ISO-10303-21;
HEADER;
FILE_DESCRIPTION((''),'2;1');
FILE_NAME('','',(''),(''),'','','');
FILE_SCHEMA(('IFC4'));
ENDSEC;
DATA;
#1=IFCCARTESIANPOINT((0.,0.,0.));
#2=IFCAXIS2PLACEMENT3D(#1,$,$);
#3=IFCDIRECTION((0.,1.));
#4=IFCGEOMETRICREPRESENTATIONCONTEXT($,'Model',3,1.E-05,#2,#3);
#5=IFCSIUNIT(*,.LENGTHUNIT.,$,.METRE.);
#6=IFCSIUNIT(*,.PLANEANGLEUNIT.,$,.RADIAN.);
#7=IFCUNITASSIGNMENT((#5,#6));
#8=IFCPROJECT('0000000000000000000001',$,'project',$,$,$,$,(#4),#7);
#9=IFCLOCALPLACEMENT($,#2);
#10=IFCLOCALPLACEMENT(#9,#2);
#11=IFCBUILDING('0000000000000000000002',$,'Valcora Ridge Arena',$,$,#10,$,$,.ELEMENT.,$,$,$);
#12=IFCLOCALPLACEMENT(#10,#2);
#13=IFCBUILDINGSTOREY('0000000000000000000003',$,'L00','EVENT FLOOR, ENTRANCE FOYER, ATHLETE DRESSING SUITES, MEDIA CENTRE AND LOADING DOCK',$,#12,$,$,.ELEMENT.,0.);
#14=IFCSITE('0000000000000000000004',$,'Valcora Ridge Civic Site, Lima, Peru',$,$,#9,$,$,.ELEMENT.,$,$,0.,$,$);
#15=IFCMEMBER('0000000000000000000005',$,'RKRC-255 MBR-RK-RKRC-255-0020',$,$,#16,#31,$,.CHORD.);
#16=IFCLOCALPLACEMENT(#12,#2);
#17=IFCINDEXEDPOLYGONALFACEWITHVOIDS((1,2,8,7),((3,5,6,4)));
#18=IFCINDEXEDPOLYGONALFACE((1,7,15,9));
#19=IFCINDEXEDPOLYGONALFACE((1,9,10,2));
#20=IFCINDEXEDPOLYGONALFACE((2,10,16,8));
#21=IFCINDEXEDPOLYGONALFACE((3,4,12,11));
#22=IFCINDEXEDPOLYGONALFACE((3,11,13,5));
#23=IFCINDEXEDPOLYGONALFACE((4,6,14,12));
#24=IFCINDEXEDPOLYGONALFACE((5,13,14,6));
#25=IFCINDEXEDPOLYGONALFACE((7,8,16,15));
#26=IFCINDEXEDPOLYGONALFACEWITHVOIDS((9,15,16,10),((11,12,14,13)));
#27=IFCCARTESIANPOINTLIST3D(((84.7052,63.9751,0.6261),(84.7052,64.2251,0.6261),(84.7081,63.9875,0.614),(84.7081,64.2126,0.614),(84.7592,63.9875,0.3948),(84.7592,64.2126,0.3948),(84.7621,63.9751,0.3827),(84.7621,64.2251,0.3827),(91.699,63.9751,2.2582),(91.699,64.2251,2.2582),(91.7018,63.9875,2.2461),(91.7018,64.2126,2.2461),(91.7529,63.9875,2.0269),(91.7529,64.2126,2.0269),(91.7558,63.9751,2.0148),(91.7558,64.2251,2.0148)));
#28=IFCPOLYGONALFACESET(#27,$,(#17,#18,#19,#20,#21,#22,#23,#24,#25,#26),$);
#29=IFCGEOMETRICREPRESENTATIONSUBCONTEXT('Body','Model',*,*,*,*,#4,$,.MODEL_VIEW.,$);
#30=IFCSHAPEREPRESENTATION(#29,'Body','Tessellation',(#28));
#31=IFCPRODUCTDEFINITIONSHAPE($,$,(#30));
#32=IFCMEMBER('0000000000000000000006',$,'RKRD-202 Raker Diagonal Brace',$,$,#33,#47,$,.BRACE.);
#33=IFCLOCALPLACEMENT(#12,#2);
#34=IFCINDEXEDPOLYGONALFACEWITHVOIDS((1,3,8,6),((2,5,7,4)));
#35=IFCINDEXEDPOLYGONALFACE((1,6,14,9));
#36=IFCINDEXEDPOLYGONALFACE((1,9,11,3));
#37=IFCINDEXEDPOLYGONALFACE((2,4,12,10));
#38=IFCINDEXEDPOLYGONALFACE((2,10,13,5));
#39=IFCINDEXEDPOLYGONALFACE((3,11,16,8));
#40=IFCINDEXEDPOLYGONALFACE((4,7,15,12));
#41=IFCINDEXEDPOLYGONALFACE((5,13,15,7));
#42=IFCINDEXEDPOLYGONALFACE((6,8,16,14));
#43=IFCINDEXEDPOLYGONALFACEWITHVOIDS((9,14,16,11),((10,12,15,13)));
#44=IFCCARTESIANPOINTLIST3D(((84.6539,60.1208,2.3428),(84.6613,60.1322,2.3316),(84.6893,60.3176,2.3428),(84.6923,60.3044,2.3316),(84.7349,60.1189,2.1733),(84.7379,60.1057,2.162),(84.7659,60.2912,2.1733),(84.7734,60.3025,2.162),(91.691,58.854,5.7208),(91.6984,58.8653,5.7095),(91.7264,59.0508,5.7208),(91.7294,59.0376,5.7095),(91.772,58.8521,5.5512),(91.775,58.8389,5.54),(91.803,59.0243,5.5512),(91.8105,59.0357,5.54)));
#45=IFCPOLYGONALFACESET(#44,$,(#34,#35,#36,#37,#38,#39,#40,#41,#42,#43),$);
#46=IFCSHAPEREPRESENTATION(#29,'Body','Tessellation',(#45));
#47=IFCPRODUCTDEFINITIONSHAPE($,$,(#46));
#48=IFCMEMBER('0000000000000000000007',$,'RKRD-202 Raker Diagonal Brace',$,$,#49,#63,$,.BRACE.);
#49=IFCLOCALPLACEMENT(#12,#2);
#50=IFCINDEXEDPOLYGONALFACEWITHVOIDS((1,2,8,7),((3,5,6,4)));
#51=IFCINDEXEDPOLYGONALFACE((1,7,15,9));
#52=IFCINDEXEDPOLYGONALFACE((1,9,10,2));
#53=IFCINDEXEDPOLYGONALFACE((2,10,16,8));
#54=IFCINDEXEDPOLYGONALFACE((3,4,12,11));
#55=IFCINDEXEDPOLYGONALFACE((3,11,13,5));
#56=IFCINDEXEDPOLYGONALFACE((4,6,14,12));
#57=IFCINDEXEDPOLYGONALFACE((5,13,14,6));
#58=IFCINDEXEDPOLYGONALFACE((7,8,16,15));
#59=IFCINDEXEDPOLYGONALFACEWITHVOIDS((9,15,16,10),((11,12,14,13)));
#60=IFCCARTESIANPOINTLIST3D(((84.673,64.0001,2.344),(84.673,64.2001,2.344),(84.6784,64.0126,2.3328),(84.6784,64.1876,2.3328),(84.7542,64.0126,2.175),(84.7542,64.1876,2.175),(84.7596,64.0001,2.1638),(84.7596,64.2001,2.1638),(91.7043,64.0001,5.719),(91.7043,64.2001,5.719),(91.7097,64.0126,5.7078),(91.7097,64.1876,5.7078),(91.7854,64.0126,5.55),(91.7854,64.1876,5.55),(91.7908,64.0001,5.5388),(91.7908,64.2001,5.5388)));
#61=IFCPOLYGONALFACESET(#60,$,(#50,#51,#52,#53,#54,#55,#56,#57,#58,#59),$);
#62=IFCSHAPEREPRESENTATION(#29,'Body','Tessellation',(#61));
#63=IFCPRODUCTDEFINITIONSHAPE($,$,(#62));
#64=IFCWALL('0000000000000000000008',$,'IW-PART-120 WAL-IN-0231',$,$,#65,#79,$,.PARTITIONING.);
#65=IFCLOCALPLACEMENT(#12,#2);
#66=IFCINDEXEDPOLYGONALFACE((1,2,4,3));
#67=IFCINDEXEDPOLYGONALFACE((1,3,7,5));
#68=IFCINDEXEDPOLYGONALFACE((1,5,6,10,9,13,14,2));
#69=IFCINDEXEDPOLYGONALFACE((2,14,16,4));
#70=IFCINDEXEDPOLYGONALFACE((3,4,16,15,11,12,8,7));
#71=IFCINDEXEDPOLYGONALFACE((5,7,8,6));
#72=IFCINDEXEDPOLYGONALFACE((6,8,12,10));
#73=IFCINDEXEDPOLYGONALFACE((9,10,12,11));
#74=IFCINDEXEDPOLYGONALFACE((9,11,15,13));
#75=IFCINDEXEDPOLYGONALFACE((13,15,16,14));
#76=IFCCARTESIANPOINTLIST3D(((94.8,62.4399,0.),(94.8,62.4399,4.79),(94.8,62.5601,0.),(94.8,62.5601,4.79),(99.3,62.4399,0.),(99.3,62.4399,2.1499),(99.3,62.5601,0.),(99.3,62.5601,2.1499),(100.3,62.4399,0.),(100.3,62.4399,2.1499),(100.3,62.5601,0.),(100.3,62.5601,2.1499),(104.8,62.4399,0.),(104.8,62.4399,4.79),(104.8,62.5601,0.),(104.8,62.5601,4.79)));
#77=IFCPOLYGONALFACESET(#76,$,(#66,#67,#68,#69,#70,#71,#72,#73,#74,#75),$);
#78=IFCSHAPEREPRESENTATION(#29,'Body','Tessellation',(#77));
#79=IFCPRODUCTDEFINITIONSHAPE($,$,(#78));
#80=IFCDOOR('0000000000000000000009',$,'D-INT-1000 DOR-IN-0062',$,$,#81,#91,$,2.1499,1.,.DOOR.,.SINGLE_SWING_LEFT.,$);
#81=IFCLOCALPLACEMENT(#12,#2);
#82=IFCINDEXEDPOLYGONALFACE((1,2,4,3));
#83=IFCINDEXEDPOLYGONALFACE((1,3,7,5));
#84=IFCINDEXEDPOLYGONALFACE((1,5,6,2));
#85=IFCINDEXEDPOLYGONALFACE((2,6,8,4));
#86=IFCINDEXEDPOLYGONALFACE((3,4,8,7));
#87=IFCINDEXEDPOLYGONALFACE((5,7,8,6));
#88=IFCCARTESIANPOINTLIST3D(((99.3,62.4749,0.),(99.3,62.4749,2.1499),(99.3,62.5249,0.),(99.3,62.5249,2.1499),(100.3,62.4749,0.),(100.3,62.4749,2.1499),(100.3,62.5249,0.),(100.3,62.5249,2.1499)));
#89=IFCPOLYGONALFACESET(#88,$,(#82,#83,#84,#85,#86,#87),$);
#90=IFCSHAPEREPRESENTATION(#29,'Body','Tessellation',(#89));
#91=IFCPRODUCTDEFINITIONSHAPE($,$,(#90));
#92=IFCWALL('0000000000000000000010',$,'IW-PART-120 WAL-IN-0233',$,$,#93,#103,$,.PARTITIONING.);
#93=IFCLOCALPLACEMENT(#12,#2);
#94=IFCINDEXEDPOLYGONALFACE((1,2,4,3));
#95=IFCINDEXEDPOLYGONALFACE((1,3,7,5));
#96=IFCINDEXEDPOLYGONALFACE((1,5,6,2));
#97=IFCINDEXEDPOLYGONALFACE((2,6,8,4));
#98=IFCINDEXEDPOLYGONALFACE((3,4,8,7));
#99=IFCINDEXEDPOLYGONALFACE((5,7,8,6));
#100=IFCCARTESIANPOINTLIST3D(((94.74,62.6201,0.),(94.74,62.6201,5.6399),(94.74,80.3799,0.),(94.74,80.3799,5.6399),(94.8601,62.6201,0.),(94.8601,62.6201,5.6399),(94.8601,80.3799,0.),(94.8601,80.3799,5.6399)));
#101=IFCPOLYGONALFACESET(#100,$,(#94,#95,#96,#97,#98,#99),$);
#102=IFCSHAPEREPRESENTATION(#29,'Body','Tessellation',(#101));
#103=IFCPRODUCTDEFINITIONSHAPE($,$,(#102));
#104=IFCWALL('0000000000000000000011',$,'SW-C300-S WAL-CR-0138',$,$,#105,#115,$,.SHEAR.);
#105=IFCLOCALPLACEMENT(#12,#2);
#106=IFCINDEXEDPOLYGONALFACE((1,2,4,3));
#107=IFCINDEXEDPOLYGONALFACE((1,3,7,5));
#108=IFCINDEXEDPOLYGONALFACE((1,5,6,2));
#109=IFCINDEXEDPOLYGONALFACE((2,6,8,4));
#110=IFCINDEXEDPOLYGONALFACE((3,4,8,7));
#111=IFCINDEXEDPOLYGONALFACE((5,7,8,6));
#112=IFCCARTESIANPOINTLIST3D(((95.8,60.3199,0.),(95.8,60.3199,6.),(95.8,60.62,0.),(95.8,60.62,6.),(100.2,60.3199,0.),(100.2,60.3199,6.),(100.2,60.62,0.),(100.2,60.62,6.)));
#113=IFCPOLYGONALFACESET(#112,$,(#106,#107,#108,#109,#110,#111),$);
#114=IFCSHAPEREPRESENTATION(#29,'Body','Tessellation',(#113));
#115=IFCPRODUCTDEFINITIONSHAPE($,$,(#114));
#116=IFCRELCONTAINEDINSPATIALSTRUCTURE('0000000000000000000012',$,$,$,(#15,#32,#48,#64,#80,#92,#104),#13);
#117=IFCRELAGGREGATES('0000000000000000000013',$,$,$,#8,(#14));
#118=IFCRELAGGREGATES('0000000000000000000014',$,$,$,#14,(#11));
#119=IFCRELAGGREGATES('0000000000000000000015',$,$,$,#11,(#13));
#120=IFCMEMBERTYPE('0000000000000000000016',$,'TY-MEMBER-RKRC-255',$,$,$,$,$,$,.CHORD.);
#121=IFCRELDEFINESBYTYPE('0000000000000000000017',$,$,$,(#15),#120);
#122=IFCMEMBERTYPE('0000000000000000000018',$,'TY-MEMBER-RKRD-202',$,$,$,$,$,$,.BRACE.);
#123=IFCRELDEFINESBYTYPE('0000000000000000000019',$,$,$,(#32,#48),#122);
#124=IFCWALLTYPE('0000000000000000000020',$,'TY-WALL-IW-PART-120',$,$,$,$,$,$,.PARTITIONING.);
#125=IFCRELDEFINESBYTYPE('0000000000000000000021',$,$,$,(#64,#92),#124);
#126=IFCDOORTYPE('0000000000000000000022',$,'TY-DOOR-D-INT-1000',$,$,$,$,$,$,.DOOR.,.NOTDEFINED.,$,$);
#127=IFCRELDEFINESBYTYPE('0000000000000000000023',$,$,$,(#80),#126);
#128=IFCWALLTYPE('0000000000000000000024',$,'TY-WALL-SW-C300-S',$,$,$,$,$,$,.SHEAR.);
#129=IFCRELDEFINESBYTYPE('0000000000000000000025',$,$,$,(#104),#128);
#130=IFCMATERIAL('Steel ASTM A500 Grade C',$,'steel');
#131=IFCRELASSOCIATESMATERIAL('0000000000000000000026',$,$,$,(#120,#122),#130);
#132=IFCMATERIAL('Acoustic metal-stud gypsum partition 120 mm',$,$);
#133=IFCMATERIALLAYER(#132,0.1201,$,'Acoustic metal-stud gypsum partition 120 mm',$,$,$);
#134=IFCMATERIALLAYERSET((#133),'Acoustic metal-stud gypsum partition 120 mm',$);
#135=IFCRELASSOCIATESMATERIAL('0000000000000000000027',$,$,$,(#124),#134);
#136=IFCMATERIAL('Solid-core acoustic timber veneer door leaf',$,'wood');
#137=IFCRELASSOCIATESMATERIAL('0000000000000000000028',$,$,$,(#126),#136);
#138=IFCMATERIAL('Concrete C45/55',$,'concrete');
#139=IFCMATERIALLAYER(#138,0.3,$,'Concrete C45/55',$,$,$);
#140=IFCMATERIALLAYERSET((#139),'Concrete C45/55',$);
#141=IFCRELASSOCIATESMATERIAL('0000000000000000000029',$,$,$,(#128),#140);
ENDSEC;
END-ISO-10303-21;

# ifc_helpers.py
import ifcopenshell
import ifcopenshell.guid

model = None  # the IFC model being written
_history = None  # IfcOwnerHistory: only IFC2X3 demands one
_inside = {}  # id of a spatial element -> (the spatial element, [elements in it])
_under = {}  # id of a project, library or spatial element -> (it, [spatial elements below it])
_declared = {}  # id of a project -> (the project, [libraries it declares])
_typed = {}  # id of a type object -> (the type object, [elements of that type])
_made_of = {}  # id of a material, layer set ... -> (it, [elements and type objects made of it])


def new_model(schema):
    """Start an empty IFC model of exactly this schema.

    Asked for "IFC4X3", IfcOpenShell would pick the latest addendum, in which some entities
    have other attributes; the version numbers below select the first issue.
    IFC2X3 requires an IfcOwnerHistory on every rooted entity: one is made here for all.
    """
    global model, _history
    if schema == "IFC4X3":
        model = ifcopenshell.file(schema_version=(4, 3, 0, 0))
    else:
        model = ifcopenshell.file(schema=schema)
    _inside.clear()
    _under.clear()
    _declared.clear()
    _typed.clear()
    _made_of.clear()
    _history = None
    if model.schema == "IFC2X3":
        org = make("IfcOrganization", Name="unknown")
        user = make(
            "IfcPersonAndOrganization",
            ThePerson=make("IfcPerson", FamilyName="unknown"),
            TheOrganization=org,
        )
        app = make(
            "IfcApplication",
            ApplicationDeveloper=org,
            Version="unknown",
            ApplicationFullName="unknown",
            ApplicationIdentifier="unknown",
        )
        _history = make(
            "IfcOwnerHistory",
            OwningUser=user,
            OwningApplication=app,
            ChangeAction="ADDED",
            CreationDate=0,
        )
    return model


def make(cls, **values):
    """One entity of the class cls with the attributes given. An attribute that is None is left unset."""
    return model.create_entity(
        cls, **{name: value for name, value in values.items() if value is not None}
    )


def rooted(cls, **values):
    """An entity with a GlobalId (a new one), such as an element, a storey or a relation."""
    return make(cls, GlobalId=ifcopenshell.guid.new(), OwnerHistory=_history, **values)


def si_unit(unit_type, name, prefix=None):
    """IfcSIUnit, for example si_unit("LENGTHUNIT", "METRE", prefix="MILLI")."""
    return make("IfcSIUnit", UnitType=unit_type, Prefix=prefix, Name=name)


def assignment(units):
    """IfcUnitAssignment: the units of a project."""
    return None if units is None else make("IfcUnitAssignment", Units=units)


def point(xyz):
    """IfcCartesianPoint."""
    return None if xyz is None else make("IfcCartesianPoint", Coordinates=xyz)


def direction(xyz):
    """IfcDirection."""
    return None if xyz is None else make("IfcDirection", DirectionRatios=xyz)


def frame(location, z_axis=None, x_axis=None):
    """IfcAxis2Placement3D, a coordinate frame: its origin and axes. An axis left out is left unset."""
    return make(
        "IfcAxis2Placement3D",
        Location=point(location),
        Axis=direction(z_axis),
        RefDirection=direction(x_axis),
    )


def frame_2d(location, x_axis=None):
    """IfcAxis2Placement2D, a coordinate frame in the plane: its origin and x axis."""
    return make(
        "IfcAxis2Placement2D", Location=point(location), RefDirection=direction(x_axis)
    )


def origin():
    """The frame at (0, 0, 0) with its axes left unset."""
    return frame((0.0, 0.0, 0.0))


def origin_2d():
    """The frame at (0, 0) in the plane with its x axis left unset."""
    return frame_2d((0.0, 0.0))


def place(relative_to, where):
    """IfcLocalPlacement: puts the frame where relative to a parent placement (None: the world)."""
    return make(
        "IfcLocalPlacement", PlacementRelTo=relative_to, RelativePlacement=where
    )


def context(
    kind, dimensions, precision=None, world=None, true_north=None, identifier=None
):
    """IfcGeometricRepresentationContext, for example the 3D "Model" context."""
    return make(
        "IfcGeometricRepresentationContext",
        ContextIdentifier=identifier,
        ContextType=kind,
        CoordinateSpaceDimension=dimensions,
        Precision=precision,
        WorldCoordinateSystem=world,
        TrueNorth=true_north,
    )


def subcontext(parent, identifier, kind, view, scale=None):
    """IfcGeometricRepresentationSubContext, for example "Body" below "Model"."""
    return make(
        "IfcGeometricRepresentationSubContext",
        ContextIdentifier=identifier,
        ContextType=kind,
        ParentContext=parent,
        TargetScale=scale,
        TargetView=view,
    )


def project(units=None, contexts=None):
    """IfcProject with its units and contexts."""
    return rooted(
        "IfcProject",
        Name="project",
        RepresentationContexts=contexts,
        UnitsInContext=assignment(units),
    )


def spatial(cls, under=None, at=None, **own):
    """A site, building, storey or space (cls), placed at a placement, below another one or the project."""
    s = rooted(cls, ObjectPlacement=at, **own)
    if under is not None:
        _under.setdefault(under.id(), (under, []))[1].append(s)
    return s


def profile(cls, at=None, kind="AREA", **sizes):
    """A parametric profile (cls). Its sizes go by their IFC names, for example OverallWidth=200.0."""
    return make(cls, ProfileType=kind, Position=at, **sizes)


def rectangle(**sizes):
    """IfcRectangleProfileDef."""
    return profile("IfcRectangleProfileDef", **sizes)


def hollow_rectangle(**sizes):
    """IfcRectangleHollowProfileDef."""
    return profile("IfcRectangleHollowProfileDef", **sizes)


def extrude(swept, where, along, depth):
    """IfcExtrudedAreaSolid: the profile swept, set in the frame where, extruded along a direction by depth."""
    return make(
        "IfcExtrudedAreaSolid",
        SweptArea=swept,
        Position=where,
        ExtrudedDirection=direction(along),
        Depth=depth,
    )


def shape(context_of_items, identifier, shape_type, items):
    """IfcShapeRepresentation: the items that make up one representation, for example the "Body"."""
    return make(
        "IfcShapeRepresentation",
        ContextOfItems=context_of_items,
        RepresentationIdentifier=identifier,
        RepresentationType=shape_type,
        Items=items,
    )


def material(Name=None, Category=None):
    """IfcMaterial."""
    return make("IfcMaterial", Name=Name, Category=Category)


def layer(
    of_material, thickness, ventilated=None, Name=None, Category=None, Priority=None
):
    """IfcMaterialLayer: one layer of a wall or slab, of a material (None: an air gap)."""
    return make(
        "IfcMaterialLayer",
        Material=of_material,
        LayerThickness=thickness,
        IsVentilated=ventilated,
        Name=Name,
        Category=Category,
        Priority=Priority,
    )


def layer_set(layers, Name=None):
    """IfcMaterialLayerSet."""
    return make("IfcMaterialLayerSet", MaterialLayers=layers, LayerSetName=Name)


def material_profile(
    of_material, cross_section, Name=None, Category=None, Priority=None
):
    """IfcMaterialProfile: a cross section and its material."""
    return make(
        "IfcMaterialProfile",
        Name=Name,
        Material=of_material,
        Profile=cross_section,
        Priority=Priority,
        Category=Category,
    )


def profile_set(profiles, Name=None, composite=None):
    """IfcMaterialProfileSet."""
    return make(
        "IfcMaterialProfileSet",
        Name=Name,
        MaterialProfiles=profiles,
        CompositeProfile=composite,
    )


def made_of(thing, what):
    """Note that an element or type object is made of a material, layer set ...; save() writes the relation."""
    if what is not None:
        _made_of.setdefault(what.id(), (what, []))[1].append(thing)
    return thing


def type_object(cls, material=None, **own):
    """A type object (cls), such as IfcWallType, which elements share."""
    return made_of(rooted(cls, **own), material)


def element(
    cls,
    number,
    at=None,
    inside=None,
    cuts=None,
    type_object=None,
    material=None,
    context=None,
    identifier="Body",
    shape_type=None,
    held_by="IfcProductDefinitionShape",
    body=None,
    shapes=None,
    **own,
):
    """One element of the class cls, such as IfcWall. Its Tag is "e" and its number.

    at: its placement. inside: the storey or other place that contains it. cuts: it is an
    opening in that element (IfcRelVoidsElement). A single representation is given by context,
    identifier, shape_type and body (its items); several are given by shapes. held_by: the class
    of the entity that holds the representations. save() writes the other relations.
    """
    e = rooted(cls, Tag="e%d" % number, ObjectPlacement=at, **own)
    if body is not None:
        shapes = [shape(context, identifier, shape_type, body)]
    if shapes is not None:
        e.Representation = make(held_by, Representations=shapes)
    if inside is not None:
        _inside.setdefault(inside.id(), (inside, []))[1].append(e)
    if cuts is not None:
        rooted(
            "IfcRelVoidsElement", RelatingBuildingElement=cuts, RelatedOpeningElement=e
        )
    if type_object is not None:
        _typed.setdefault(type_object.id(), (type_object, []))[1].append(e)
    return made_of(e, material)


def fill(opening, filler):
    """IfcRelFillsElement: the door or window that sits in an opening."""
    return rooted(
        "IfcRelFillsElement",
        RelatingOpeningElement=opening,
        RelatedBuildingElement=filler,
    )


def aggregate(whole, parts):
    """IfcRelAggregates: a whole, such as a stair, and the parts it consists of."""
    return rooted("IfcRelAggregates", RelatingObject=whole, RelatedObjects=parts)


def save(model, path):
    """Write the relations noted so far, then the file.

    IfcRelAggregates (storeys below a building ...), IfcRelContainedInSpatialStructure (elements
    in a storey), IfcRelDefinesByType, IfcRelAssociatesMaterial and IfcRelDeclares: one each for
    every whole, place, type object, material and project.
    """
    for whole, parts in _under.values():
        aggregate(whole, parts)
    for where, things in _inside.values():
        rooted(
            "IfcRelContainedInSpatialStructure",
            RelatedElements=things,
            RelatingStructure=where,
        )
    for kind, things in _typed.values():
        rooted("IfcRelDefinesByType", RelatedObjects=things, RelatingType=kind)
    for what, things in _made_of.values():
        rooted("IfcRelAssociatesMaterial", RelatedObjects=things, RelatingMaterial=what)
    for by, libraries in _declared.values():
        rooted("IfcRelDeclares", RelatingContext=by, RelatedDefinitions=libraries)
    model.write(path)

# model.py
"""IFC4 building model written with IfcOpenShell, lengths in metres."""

from ifc_helpers import new_model, si_unit, direction, frame, frame_2d, origin, origin_2d, place, context, subcontext, project, spatial, rectangle, hollow_rectangle, extrude, material, layer, layer_set, material_profile, profile_set, type_object, element, fill, save


model = new_model("IFC4")

# Units and contexts
model_context = context("Model", 3, precision=1e-05, world=origin(), true_north=direction((0.0, 1.0)))
body_context = subcontext(model_context, "Body", "Model", "MODEL_VIEW")
ifc_project = project(units=[si_unit("LENGTHUNIT", "METRE"), si_unit("PLANEANGLEUNIT", "RADIAN")], contexts=[model_context])

# Site, building, storey
site_placement = place(None, origin())
site = spatial("IfcSite", under=ifc_project, at=site_placement, Name="Valcora Ridge Civic Site, Lima, Peru", CompositionType="ELEMENT", RefElevation=0.0)
building_placement = place(site_placement, origin())
building = spatial("IfcBuilding", under=site, at=building_placement, Name="Valcora Ridge Arena", CompositionType="ELEMENT")
storey_placement = place(building_placement, origin())
storey = spatial("IfcBuildingStorey", under=building, at=storey_placement, Name="L00", Description="EVENT FLOOR, ENTRANCE FOYER, ATHLETE DRESSING SUITES, MEDIA CENTRE AND LOADING DOCK", CompositionType="ELEMENT", Elevation=0.0)

# Members
ifc_material_1 = material(Name="Steel ASTM A500 Grade C", Category="steel")
ifc_material_profile_1 = material_profile(ifc_material_1, hollow_rectangle(XDim=0.25, YDim=0.25, WallThickness=0.0125, at=origin_2d()), Name="HSS250X250X12")
ifc_profile_set_1 = profile_set([ifc_material_profile_1], Name="Steel ASTM A500 Grade C")
member_type_1 = type_object("IfcMemberType", Name="TY-MEMBER-RKRC-255", PredefinedType="CHORD", material=ifc_profile_set_1)
member_1_placement = place(storey_placement, frame((84.7336, 64.1001, 0.5044), z_axis=(0.973834, 0.0, 0.22726), x_axis=(0.0, 1.0, 0.0)))
element("IfcMember", 1, at=member_1_placement, inside=storey, type_object=member_type_1, Name="RKRC-255 MBR-RK-RKRC-255-0020", PredefinedType="CHORD", context=body_context, shape_type="SweptSolid", body=[
    extrude(hollow_rectangle(XDim=0.25, YDim=0.25, WallThickness=0.0125, at=origin_2d()), origin(), (0.0, 0.0, 1.0), 7.1816),
])
ifc_material_profile_2 = material_profile(ifc_material_1, hollow_rectangle(XDim=0.2, YDim=0.2, WallThickness=0.0125, at=origin_2d()), Name="HSS200X200X12")
ifc_profile_set_2 = profile_set([ifc_material_profile_2], Name="Steel ASTM A500 Grade C")
member_type_2 = type_object("IfcMemberType", Name="TY-MEMBER-RKRD-202", PredefinedType="BRACE", material=ifc_profile_set_2)
member_2_placement = place(storey_placement, frame((84.7136, 60.2117, 2.2524), z_axis=(0.889874, -0.160198, 0.427154), x_axis=(0.177175, 0.984179, 0.0)))
element("IfcMember", 2, at=member_2_placement, inside=storey, type_object=member_type_2, Name="RKRD-202 Raker Diagonal Brace", PredefinedType="BRACE", context=body_context, shape_type="SweptSolid", body=[
    extrude(hollow_rectangle(XDim=0.2, YDim=0.2, WallThickness=0.0125, at=origin_2d()), origin(), (0.0, 0.0, 1.0), 7.908),
])
member_3_placement = place(storey_placement, frame((84.7163, 64.1001, 2.2539), z_axis=(0.901523, 0.0, 0.432731), x_axis=(0.0, 1.0, 0.0)))
element("IfcMember", 3, at=member_3_placement, inside=storey, type_object=member_type_2, Name="RKRD-202 Raker Diagonal Brace", PredefinedType="BRACE", context=body_context, shape_type="SweptSolid", body=[
    extrude(hollow_rectangle(XDim=0.2, YDim=0.2, WallThickness=0.0125, at=origin_2d()), origin(), (0.0, 0.0, 1.0), 7.7993),
])

# Wall, opening, door
ifc_material_2 = material(Name="Acoustic metal-stud gypsum partition 120 mm")
ifc_layer_1 = layer(ifc_material_2, 0.1201, Name="Acoustic metal-stud gypsum partition 120 mm")
ifc_layer_set_1 = layer_set([ifc_layer_1], Name="Acoustic metal-stud gypsum partition 120 mm")
wall_type_1 = type_object("IfcWallType", Name="TY-WALL-IW-PART-120", PredefinedType="PARTITIONING", material=ifc_layer_set_1)
wall_1_placement = place(storey_placement, frame((94.8, 62.5, 0.0), z_axis=(0.0, 0.0, 1.0), x_axis=(1.0, 0.0, 0.0)))
wall_1 = element("IfcWall", 4, at=wall_1_placement, inside=storey, type_object=wall_type_1, Name="IW-PART-120 WAL-IN-0231", PredefinedType="PARTITIONING", context=body_context, shape_type="SweptSolid", body=[
    extrude(rectangle(XDim=10.0, YDim=0.1201, at=frame_2d((5.0, 0.0))), origin(), (0.0, 0.0, 1.0), 4.79),
])
opening_placement = place(wall_1_placement, frame((4.5, 0.0, 0.0)))
opening = element("IfcOpeningElement", 5, at=opening_placement, cuts=wall_1, PredefinedType="OPENING", context=body_context, shape_type="SweptSolid", body=[
    extrude(rectangle(XDim=1.0, YDim=2.1499, at=frame_2d((0.5, 1.075))), frame((0.0, 0.0701, 0.0), z_axis=(0.0, -1.0, 0.0), x_axis=(1.0, 0.0, 0.0)), (0.0, 0.0, 1.0), 0.1401),
])
ifc_material_3 = material(Name="Solid-core acoustic timber veneer door leaf", Category="wood")
door_type = type_object("IfcDoorType", Name="TY-DOOR-D-INT-1000", OperationType="NOTDEFINED", PredefinedType="DOOR", material=ifc_material_3)
door_placement = place(opening_placement, origin())
door = element("IfcDoor", 6, at=door_placement, inside=storey, type_object=door_type, Name="D-INT-1000 DOR-IN-0062", OperationType="SINGLE_SWING_LEFT", OverallHeight=2.1499, OverallWidth=1.0, PredefinedType="DOOR", context=body_context, shape_type="SweptSolid", body=[
    extrude(rectangle(XDim=1.0, YDim=2.1499, at=frame_2d((0.5, 1.075))), frame((0.0, 0.0249, 0.0), z_axis=(0.0, -1.0, 0.0), x_axis=(1.0, 0.0, 0.0)), (0.0, 0.0, 1.0), 0.05),
])
fill(opening, door)

# Walls
wall_2_placement = place(storey_placement, frame((94.8, 62.6201, 0.0), z_axis=(0.0, 0.0, 1.0), x_axis=(0.0, 1.0, 0.0)))
element("IfcWall", 7, at=wall_2_placement, inside=storey, type_object=wall_type_1, Name="IW-PART-120 WAL-IN-0233", PredefinedType="PARTITIONING", context=body_context, shape_type="SweptSolid", body=[
    extrude(rectangle(XDim=17.7598, YDim=0.1201, at=frame_2d((8.8799, 0.0))), origin(), (0.0, 0.0, 1.0), 5.6399),
])
ifc_material_4 = material(Name="Concrete C45/55", Category="concrete")
ifc_layer_2 = layer(ifc_material_4, 0.3, Name="Concrete C45/55")
ifc_layer_set_2 = layer_set([ifc_layer_2], Name="Concrete C45/55")
wall_type_2 = type_object("IfcWallType", Name="TY-WALL-SW-C300-S", PredefinedType="SHEAR", material=ifc_layer_set_2)
wall_3_placement = place(storey_placement, frame((95.8, 60.47, 0.0), z_axis=(0.0, 0.0, 1.0), x_axis=(1.0, 0.0, 0.0)))
element("IfcWall", 8, at=wall_3_placement, inside=storey, type_object=wall_type_2, Name="SW-C300-S WAL-CR-0138", PredefinedType="SHEAR", context=body_context, shape_type="SweptSolid", body=[
    extrude(rectangle(XDim=4.3999, YDim=0.3, at=frame_2d((2.2, 0.0))), origin(), (0.0, 0.0, 1.0), 6.0),
])

save(model, "model.ifc")
